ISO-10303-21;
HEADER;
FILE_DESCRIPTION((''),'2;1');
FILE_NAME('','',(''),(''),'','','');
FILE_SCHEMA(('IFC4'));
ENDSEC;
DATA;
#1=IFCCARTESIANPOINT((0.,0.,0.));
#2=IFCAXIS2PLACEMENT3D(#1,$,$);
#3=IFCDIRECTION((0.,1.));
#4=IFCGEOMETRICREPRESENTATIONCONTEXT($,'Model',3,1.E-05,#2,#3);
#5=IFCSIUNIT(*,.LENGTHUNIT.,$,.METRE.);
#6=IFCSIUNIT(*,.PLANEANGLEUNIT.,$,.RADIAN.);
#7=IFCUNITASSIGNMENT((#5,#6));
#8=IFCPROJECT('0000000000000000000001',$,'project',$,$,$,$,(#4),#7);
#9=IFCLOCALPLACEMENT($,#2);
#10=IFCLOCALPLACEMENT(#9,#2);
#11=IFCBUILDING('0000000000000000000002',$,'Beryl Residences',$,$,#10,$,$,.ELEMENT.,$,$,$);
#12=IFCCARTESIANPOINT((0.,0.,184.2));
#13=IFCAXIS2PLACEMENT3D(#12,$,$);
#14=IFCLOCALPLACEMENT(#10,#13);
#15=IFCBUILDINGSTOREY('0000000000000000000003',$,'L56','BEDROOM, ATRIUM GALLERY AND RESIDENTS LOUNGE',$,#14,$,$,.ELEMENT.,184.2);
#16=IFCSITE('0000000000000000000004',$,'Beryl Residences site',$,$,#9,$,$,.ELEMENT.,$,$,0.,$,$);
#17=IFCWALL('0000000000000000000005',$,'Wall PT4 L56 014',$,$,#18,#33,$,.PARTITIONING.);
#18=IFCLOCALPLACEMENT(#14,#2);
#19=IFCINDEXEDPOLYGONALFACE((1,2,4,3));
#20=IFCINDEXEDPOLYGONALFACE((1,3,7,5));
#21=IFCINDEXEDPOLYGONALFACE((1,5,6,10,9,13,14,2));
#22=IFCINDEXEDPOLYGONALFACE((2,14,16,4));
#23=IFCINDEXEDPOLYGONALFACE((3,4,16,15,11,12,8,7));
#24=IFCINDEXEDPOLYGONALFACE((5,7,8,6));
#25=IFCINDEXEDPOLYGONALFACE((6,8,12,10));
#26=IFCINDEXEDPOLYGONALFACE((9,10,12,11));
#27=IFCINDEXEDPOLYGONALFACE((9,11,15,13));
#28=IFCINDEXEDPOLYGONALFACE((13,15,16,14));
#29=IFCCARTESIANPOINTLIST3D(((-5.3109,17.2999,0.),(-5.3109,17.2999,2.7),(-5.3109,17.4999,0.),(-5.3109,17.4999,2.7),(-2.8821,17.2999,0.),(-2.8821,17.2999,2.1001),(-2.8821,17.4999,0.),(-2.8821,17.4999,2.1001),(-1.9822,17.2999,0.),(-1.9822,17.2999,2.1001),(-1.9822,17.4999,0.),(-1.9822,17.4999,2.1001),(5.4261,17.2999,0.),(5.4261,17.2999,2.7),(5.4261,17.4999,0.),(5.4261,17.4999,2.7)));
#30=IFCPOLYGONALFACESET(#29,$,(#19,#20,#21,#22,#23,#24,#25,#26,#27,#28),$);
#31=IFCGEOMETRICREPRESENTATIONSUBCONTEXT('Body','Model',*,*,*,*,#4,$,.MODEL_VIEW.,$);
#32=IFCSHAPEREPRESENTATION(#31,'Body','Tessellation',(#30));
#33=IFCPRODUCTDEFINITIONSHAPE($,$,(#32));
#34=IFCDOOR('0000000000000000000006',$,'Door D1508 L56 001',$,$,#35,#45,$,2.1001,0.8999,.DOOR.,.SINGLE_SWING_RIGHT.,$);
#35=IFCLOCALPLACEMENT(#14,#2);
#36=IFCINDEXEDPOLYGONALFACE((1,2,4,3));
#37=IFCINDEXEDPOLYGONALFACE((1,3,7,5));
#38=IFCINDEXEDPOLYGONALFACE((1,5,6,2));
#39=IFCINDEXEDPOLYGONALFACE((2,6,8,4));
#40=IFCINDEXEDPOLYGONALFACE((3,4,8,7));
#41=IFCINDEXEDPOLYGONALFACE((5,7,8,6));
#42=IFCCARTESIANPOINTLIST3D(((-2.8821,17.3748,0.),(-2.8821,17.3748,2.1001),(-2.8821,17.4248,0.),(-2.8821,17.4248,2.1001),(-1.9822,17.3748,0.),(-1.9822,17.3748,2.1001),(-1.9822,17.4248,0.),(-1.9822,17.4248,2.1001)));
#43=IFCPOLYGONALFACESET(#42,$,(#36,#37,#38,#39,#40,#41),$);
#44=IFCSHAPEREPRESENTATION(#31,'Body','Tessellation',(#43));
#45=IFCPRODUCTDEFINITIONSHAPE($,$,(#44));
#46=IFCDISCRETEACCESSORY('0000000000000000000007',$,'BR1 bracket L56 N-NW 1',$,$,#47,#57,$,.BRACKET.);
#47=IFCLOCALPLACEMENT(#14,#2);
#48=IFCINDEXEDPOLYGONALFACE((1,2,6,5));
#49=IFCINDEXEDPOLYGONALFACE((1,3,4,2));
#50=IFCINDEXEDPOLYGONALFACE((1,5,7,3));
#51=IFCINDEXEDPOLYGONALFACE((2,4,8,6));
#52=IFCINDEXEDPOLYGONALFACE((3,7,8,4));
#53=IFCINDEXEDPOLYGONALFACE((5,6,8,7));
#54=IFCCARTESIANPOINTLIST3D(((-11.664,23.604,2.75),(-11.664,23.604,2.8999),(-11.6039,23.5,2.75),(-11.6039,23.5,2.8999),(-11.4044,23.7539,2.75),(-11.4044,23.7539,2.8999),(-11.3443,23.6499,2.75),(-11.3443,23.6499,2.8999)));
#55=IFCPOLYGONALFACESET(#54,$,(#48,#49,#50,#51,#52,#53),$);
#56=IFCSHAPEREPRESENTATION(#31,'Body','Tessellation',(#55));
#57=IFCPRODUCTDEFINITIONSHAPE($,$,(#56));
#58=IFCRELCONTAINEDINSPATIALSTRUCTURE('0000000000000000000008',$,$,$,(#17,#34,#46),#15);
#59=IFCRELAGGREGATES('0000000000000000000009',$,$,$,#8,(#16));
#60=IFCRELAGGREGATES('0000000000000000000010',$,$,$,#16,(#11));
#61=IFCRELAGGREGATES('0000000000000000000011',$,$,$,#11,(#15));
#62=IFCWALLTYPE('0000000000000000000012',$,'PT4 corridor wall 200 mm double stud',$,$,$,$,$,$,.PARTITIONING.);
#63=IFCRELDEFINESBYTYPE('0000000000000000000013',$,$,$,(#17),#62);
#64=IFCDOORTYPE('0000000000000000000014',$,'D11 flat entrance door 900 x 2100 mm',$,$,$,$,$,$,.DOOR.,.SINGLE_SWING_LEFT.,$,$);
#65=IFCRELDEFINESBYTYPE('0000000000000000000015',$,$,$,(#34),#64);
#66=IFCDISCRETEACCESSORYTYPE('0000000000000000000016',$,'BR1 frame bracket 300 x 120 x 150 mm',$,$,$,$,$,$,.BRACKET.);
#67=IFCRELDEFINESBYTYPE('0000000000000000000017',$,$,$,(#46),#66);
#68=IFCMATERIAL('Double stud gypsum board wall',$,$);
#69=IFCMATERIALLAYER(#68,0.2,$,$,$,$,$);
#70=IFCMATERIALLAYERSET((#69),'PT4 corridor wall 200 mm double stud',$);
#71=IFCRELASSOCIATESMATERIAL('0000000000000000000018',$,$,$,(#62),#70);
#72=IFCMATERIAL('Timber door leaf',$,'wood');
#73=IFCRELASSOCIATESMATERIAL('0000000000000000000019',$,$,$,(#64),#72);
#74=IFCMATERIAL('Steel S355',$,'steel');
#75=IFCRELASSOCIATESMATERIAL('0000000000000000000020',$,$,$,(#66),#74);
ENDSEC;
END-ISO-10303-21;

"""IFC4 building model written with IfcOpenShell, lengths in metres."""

from ifc_helpers import new_model, si_unit, direction, frame, frame_2d, origin, place, context, subcontext, project, spatial, polyline, rectangle, outline, extrude, source, transform, mapped, material, layer, layer_set, type_object, type_shapes, element, fill, save


model = new_model("IFC4")

# Units and contexts
model_context = context("Model", 3, precision=1e-05, world=origin(), true_north=direction((0.0, 1.0)))
body_context = subcontext(model_context, "Body", "Model", "MODEL_VIEW")
ifc_project = project(units=[si_unit("LENGTHUNIT", "METRE"), si_unit("PLANEANGLEUNIT", "RADIAN")], contexts=[model_context])

# Site, building, storey
site_placement = place(None, origin())
site = spatial("IfcSite", under=ifc_project, at=site_placement, Name="Beryl Residences site", CompositionType="ELEMENT", RefElevation=0.0)
building_placement = place(site_placement, origin())
building = spatial("IfcBuilding", under=site, at=building_placement, Name="Beryl Residences", CompositionType="ELEMENT")
storey_placement = place(building_placement, frame((0.0, 0.0, 184.2)))
storey = spatial("IfcBuildingStorey", under=building, at=storey_placement, Name="L56", Description="BEDROOM, ATRIUM GALLERY AND RESIDENTS LOUNGE", CompositionType="ELEMENT", Elevation=184.2)

# Wall, opening, door
ifc_material_1 = material(Name="Double stud gypsum board wall")
ifc_layer_1 = layer(ifc_material_1, 0.2)
ifc_layer_set_1 = layer_set([ifc_layer_1], Name="PT4 corridor wall 200 mm double stud")
wall_type_1 = type_object("IfcWallType", Name="PT4 corridor wall 200 mm double stud", PredefinedType="PARTITIONING", material=ifc_layer_set_1)
wall_1_placement = place(storey_placement, frame((-5.311, 17.3999, 0.0), z_axis=(0.0, 0.0, 1.0), x_axis=(1.0, 0.0, 0.0)))
wall_1 = element("IfcWall", 1, at=wall_1_placement, inside=storey, type_object=wall_type_1, Name="Wall PT4 L56 014", PredefinedType="PARTITIONING", context=body_context, shape_type="SweptSolid", body=[
    extrude(rectangle(XDim=10.7371, YDim=0.2, at=frame_2d((5.3687, 0.0))), origin(), (0.0, 0.0, 1.0), 2.7),
])
opening_1_placement = place(wall_1_placement, frame((2.429, 0.0, 0.0)))
opening_1 = element("IfcOpeningElement", 2, at=opening_1_placement, cuts=wall_1, PredefinedType="OPENING", context=body_context, shape_type="SweptSolid", body=[
    extrude(rectangle(XDim=0.8999, YDim=2.1001, at=frame_2d((0.45, 1.05))), frame((0.0, 0.1099, 0.0), z_axis=(0.0, -1.0, 0.0), x_axis=(1.0, 0.0, 0.0)), (0.0, 0.0, 1.0), 0.22),
])
ifc_material_2 = material(Name="Timber door leaf", Category="wood")
door_type_1 = type_object("IfcDoorType", Name="D11 flat entrance door 900 x 2100 mm", OperationType="SINGLE_SWING_LEFT", PredefinedType="DOOR", material=ifc_material_2)
door_1_placement = place(opening_1_placement, origin())
door_1 = element("IfcDoor", 3, at=door_1_placement, inside=storey, type_object=door_type_1, Name="Door D1508 L56 001", OperationType="SINGLE_SWING_RIGHT", OverallHeight=2.1001, OverallWidth=0.8999, PredefinedType="DOOR", context=body_context, shape_type="SweptSolid", body=[
    extrude(rectangle(XDim=0.8999, YDim=2.1001, at=frame_2d((0.45, 1.05))), frame((0.0, 0.0249, 0.0), z_axis=(0.0, -1.0, 0.0), x_axis=(1.0, 0.0, 0.0)), (0.0, 0.0, 1.0), 0.05),
])
fill(opening_1, door_1)

# Discrete accessory
ifc_material_3 = material(Name="Steel S355", Category="steel")
discrete_accessory_type = type_object("IfcDiscreteAccessoryType", Name="BR1 frame bracket 300 x 120 x 150 mm", PredefinedType="BRACKET", material=ifc_material_3)
shared_shape_1 = source(origin(), body_context, "Body", "SweptSolid", [
    extrude(outline(polyline([(-0.1499, 0.0), (0.1499, 0.0), (0.1499, 0.1201), (-0.1499, 0.1201), (-0.1499, 0.0)])), origin(), (0.0, 0.0, 1.0), 0.1499),
])
type_shapes(discrete_accessory_type, [shared_shape_1])
discrete_accessory_placement = place(storey_placement, frame((-11.4741, 23.575, 2.75), z_axis=(0.0, 0.0, 1.0), x_axis=(0.866025, 0.5, 0.0)))
element("IfcDiscreteAccessory", 4, at=discrete_accessory_placement, inside=storey, type_object=discrete_accessory_type, Name="BR1 bracket L56 N-NW 1", PredefinedType="BRACKET", context=body_context, shape_type="MappedRepresentation", body=[
    mapped(shared_shape_1, transform((0.0, 0.0, 0.0))),
])

save(model, "model.ifc")
